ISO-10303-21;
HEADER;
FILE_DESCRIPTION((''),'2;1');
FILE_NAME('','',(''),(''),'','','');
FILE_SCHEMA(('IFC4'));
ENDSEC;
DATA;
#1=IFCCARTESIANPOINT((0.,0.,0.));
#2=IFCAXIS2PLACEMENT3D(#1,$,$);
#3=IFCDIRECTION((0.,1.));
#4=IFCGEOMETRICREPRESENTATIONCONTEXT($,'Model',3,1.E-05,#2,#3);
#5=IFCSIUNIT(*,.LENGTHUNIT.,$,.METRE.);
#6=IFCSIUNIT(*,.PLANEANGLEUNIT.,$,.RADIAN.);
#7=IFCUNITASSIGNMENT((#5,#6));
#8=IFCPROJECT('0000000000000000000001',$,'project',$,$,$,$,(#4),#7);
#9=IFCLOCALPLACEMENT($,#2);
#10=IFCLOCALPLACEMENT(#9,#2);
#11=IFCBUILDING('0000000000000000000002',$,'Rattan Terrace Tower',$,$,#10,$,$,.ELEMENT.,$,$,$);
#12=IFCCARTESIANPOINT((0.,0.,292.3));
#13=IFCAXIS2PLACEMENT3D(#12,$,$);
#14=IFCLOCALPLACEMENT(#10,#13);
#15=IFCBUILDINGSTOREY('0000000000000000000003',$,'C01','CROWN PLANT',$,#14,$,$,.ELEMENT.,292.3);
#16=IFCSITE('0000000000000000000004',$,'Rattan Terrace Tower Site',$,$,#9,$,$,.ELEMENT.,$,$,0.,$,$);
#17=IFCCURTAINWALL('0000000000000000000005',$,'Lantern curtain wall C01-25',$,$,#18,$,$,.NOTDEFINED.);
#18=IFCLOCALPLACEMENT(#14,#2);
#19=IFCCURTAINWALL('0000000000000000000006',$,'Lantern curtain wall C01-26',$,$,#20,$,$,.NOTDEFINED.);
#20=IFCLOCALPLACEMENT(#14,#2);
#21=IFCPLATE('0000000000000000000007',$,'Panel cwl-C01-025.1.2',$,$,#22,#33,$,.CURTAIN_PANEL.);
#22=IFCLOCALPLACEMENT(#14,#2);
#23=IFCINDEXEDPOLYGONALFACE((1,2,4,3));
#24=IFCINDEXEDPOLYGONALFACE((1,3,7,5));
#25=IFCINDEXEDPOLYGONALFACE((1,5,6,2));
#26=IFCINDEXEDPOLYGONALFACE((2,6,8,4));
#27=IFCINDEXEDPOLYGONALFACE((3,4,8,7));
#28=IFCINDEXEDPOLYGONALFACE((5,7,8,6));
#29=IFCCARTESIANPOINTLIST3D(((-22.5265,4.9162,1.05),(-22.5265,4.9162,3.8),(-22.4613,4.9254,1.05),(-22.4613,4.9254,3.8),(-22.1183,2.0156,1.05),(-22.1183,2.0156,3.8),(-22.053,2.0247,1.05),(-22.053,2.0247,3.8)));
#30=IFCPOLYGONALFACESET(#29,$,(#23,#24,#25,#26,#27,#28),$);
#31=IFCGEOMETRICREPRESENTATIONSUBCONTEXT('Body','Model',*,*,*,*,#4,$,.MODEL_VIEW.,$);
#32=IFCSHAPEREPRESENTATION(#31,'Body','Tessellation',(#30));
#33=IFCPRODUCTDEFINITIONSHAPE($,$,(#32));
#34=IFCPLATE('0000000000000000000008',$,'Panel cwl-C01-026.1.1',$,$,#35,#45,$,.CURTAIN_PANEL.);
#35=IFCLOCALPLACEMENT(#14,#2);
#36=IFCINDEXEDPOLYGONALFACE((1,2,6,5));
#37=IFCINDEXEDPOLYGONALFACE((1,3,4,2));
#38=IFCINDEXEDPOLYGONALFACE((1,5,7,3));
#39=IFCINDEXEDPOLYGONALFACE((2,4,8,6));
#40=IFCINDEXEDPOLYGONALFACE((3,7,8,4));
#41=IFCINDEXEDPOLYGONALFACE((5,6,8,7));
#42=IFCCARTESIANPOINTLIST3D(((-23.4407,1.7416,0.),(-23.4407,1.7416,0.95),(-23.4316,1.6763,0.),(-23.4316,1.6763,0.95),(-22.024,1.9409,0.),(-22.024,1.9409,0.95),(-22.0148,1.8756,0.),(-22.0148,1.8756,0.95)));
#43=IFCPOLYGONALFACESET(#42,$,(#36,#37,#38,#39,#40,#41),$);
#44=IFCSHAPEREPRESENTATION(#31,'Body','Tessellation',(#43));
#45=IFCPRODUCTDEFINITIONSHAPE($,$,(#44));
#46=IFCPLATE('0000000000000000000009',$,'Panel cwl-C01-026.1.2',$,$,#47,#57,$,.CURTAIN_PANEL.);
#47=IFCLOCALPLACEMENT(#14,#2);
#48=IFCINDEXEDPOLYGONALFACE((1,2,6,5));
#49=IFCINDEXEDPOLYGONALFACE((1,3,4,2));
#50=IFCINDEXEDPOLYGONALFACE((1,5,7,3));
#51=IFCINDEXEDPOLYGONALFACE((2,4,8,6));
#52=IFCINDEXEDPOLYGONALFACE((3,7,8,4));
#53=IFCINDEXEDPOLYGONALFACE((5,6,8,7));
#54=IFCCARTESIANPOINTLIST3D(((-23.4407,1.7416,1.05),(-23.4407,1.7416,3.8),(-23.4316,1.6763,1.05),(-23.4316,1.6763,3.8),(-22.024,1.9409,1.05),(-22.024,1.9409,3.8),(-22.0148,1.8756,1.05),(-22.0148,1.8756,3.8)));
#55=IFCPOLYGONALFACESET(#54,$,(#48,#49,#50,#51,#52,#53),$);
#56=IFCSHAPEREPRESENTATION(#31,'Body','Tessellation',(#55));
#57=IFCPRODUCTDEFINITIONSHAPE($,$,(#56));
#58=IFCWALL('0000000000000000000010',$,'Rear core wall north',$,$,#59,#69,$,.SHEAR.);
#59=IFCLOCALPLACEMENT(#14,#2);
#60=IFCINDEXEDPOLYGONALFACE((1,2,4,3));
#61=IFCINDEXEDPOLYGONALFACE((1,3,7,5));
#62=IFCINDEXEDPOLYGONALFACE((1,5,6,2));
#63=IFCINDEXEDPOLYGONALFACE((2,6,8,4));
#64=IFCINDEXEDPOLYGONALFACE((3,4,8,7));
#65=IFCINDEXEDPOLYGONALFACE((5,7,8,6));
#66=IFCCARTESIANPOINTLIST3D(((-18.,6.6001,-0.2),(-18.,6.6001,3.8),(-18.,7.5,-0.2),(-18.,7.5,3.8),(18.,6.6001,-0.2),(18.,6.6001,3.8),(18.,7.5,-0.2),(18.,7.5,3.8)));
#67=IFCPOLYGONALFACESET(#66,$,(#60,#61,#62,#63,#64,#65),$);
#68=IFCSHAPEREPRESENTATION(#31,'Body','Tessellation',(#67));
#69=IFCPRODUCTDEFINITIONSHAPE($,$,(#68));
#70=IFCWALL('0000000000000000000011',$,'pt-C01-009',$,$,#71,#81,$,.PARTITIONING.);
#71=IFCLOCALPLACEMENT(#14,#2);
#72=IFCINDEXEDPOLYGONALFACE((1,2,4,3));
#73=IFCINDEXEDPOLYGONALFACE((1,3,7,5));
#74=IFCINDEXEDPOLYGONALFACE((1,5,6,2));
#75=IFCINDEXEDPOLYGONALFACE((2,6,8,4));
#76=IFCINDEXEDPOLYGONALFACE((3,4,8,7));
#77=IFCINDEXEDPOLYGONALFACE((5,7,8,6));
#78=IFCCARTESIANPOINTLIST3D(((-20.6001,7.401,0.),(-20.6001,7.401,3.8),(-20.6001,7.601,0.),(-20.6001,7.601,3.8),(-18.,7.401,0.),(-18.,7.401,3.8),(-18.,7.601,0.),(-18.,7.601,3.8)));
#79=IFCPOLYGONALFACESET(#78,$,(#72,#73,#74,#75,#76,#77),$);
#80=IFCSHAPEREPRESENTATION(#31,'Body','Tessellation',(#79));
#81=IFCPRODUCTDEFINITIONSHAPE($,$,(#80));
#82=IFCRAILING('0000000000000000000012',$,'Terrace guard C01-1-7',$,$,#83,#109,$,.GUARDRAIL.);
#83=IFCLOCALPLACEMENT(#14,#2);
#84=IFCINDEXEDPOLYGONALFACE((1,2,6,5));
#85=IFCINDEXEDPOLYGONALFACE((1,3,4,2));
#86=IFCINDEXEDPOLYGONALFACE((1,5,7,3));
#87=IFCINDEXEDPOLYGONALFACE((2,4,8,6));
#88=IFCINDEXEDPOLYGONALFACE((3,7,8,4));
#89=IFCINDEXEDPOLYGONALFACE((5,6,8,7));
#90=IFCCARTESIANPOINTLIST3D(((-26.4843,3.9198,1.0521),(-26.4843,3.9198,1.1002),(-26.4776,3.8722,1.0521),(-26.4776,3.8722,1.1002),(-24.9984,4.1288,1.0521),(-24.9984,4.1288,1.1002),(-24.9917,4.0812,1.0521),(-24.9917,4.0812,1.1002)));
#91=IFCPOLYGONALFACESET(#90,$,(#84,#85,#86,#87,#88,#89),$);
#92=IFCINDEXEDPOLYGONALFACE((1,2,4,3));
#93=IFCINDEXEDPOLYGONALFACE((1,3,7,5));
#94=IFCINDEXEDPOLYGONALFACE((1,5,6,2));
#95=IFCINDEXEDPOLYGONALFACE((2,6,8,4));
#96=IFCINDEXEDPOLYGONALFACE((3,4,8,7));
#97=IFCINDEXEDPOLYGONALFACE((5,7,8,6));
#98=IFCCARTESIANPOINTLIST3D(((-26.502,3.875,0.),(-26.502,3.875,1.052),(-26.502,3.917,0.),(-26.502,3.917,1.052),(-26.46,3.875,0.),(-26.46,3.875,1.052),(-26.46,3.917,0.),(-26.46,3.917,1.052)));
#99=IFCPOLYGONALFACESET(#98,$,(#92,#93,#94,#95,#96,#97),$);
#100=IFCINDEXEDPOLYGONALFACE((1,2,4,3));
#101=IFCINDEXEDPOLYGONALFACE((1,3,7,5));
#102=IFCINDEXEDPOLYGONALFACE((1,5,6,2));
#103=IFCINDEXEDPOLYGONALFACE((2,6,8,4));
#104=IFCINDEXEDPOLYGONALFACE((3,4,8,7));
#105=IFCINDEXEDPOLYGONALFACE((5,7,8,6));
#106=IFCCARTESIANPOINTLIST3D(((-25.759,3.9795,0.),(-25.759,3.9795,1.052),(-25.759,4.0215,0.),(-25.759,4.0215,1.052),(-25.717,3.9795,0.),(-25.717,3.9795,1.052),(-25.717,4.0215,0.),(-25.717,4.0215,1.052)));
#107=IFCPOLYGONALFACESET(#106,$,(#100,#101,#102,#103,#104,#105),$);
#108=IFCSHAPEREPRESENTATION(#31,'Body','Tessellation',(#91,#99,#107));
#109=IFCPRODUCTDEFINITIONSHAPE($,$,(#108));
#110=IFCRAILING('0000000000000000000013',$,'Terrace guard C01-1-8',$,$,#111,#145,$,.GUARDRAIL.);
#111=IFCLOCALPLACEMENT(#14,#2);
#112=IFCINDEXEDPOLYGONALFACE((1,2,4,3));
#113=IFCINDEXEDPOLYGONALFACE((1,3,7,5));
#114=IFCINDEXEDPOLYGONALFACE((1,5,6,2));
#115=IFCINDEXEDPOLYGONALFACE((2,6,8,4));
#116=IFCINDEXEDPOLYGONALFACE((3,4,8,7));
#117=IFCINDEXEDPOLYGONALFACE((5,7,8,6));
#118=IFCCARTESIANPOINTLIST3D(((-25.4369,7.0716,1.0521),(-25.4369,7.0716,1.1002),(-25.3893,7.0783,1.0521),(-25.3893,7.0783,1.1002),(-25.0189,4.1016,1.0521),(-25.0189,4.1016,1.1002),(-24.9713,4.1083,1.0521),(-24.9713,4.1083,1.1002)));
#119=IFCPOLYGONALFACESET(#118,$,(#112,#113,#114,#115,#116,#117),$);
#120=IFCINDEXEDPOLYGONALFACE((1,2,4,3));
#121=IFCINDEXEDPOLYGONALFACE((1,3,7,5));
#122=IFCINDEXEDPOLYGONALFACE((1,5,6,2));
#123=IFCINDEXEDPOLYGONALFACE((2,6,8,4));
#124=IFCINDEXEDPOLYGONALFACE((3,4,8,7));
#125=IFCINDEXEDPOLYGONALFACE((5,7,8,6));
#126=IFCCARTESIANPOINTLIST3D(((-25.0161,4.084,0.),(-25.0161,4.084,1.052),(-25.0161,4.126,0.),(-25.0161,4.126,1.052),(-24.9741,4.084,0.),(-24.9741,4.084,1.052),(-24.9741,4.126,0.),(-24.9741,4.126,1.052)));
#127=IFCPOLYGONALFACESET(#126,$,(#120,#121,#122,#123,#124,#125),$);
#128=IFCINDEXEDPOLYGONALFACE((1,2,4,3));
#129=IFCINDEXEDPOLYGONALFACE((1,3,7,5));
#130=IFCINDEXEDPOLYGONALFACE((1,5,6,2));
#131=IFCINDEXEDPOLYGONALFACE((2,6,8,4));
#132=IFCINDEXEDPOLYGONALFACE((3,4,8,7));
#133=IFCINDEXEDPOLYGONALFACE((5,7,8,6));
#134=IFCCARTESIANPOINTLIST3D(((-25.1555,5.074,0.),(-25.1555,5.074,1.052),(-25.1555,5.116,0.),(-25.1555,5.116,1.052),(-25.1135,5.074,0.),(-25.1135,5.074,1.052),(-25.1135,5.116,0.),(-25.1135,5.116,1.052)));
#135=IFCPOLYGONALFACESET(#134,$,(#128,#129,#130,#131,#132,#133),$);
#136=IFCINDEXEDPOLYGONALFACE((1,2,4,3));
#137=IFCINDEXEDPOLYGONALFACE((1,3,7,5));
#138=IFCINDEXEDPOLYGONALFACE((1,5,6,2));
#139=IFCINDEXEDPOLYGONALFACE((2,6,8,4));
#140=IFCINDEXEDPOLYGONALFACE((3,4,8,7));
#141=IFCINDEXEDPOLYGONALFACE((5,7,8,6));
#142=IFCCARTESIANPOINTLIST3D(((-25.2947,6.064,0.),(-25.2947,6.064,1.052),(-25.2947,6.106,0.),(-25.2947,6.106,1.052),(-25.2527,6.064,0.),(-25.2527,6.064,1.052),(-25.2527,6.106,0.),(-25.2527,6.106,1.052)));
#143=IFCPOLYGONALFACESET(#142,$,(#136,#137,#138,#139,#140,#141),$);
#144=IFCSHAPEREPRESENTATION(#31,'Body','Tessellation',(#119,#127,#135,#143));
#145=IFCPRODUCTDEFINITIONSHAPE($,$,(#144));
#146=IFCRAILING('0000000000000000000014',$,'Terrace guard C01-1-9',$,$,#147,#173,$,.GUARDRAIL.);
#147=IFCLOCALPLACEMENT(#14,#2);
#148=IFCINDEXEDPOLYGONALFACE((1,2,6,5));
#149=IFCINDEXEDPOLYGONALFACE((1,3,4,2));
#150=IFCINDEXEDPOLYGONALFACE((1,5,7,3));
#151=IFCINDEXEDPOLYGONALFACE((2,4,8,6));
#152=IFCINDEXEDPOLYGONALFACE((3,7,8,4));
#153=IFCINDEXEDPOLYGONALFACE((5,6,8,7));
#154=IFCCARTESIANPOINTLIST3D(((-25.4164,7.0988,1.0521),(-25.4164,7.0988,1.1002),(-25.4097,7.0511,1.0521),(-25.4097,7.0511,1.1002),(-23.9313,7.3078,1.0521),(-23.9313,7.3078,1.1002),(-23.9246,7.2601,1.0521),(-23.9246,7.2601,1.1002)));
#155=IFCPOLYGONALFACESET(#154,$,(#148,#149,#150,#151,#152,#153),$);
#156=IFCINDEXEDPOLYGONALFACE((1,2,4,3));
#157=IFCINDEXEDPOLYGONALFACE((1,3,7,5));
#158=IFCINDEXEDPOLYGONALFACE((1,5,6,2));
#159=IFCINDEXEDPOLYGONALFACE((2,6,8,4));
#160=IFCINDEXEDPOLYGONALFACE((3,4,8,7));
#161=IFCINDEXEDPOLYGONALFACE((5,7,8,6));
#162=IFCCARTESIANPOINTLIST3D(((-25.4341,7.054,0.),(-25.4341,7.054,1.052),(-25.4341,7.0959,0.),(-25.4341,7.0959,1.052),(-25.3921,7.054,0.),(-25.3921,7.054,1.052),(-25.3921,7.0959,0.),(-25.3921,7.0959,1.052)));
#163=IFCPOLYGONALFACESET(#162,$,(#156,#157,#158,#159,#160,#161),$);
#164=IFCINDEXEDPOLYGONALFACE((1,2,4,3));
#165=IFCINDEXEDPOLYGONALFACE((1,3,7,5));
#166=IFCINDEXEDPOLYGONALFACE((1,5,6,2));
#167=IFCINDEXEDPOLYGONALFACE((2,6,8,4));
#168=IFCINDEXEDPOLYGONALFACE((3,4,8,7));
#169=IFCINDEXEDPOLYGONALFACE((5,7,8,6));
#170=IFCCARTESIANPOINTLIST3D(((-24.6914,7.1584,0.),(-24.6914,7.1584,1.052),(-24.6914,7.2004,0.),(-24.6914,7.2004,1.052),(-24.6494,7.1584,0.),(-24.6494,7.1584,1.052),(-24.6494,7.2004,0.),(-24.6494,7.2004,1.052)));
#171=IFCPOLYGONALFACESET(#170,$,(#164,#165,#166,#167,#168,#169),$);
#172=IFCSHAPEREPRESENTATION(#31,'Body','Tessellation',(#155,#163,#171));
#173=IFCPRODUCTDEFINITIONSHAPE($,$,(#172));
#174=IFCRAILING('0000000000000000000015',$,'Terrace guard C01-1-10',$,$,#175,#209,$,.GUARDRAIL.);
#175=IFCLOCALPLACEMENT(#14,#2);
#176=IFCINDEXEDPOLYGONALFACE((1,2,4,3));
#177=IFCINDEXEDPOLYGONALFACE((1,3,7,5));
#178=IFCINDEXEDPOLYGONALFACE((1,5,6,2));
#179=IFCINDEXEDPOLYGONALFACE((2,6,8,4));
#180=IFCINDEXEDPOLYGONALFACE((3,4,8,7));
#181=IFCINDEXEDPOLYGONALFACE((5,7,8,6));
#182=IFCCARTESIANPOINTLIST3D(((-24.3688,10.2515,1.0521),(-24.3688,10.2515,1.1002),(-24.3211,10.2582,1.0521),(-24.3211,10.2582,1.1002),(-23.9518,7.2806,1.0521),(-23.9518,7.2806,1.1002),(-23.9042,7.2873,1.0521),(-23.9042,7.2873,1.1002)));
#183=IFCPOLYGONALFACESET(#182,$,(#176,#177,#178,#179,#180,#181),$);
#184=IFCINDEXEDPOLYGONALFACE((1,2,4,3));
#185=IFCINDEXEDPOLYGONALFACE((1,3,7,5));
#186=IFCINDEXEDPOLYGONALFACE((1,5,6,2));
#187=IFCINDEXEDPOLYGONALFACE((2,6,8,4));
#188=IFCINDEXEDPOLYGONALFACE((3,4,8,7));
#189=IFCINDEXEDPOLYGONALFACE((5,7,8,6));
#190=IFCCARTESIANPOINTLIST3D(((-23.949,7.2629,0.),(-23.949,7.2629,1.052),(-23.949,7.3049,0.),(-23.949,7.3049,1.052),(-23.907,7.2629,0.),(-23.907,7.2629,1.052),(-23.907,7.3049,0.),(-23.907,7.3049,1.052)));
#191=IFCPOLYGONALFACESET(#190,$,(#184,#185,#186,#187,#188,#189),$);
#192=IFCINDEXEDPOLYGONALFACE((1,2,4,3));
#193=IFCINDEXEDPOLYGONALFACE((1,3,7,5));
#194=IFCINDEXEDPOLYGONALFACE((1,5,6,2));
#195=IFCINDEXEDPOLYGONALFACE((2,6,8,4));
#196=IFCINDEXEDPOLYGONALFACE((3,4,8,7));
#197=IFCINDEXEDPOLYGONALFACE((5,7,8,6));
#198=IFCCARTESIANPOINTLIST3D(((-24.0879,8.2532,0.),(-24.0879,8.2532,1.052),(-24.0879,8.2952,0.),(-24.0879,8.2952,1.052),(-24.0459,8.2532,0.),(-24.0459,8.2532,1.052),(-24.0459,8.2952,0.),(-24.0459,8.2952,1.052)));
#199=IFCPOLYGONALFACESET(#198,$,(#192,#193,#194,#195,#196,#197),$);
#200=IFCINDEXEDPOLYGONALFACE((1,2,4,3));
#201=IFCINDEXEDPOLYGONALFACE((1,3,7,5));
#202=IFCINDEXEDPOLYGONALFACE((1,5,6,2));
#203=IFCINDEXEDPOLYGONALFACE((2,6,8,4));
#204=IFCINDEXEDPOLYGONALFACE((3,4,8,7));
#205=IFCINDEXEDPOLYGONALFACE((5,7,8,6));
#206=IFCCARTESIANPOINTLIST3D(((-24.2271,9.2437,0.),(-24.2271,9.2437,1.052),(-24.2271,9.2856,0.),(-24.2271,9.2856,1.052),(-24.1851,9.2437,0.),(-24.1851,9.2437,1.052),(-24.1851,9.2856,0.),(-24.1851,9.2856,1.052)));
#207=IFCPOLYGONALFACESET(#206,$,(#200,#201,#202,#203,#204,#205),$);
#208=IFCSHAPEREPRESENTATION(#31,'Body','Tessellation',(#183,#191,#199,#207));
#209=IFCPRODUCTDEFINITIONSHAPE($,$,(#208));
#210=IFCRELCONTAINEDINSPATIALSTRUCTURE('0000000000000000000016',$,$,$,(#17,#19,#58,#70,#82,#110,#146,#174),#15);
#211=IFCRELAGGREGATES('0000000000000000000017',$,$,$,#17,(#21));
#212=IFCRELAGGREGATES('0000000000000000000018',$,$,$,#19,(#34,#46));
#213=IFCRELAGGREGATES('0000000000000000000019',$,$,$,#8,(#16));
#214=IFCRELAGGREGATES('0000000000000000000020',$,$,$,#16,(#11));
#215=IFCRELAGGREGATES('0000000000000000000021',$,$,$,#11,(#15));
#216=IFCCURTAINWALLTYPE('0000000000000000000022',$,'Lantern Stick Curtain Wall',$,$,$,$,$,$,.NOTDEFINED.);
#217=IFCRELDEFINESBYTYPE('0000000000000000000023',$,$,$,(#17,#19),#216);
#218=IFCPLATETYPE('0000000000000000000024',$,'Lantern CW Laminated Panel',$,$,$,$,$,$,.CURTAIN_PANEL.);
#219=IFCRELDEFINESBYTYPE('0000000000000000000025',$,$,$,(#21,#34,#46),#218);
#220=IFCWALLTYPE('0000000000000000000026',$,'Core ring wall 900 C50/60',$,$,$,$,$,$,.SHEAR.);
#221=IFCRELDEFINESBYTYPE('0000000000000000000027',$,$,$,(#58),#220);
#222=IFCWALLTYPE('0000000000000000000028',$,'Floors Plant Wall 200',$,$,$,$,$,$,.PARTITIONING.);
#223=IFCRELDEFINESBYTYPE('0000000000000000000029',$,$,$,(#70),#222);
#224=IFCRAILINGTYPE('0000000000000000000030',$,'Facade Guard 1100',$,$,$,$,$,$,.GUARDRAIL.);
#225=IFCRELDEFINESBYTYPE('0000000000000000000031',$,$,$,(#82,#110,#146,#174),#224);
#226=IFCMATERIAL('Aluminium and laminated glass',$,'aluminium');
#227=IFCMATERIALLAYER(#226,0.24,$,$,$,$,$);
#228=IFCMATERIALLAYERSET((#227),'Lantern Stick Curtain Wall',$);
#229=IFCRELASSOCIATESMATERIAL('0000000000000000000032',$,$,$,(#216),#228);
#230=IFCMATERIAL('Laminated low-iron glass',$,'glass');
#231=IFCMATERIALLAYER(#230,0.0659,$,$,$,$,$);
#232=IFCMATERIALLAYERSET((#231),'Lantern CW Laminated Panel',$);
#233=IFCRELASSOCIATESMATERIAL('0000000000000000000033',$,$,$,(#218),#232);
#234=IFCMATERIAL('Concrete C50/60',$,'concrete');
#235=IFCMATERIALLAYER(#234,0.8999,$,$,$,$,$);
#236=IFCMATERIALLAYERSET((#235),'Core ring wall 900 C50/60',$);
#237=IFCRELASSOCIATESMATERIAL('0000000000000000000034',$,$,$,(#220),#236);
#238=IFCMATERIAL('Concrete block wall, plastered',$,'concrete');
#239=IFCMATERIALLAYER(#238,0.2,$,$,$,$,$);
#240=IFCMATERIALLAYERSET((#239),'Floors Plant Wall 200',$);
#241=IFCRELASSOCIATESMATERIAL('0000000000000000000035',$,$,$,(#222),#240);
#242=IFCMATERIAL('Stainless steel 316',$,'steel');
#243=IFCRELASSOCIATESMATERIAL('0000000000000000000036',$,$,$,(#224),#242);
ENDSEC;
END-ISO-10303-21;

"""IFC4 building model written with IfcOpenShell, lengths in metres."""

from ifc_helpers import new_model, si_unit, direction, frame, frame_2d, origin, origin_2d, place, context, subcontext, project, spatial, rectangle, extrude, material, layer, layer_set, type_object, element, aggregate, save


model = new_model("IFC4")

# Units and contexts
model_context = context("Model", 3, precision=1e-05, world=origin(), true_north=direction((0.0, 1.0)))
body_context = subcontext(model_context, "Body", "Model", "MODEL_VIEW")
ifc_project = project(units=[si_unit("LENGTHUNIT", "METRE"), si_unit("PLANEANGLEUNIT", "RADIAN")], contexts=[model_context])

# Site, building, storey
site_placement = place(None, origin())
site = spatial("IfcSite", under=ifc_project, at=site_placement, Name="Rattan Terrace Tower Site", CompositionType="ELEMENT", RefElevation=0.0)
building_placement = place(site_placement, origin())
building = spatial("IfcBuilding", under=site, at=building_placement, Name="Rattan Terrace Tower", CompositionType="ELEMENT")
storey_placement = place(building_placement, frame((0.0, 0.0, 292.3)))
storey = spatial("IfcBuildingStorey", under=building, at=storey_placement, Name="C01", Description="CROWN PLANT", CompositionType="ELEMENT", Elevation=292.3)

# Shared definitions
ifc_material_1 = material(Name="Aluminium and laminated glass", Category="aluminium")
ifc_layer_1 = layer(ifc_material_1, 0.24)
ifc_layer_set_1 = layer_set([ifc_layer_1], Name="Lantern Stick Curtain Wall")
curtain_wall_type = type_object("IfcCurtainWallType", Name="Lantern Stick Curtain Wall", PredefinedType="NOTDEFINED", material=ifc_layer_set_1)

# Curtain walls
curtain_wall_1_placement = place(storey_placement, origin())
curtain_wall_1 = element("IfcCurtainWall", 1, at=curtain_wall_1_placement, inside=storey, type_object=curtain_wall_type, Name="Lantern curtain wall C01-25", PredefinedType="NOTDEFINED")
curtain_wall_2_placement = place(storey_placement, origin())
curtain_wall_2 = element("IfcCurtainWall", 2, at=curtain_wall_2_placement, inside=storey, type_object=curtain_wall_type, Name="Lantern curtain wall C01-26", PredefinedType="NOTDEFINED")

# Plates
ifc_material_2 = material(Name="Laminated low-iron glass", Category="glass")
ifc_layer_2 = layer(ifc_material_2, 0.0659)
ifc_layer_set_2 = layer_set([ifc_layer_2], Name="Lantern CW Laminated Panel")
plate_type = type_object("IfcPlateType", Name="Lantern CW Laminated Panel", PredefinedType="CURTAIN_PANEL", material=ifc_layer_set_2)
plate_1_placement = place(storey_placement, frame((-22.2898, 3.4705, 1.05), z_axis=(0.0, 0.0, 1.0), x_axis=(0.139367, -0.990241, 0.0)))
plate_1 = element("IfcPlate", 3, at=plate_1_placement, type_object=plate_type, Name="Panel cwl-C01-025.1.2", PredefinedType="CURTAIN_PANEL", context=body_context, shape_type="SweptSolid", body=[
    extrude(rectangle(XDim=2.9292, YDim=0.0659, at=origin_2d()), origin(), (0.0, 0.0, 1.0), 2.75),
])
aggregate(curtain_wall_1, [plate_1])
plate_2_placement = place(storey_placement, frame((-22.7278, 1.8086, 0.0), z_axis=(0.0, 0.0, 1.0), x_axis=(-0.990254, -0.139275, 0.0)))
plate_2 = element("IfcPlate", 4, at=plate_2_placement, type_object=plate_type, Name="Panel cwl-C01-026.1.1", PredefinedType="CURTAIN_PANEL", context=body_context, shape_type="SweptSolid", body=[
    extrude(rectangle(XDim=1.4307, YDim=0.0659, at=origin_2d()), origin(), (0.0, 0.0, 1.0), 0.95),
])
plate_3_placement = place(storey_placement, frame((-22.7278, 1.8086, 1.05), z_axis=(0.0, 0.0, 1.0), x_axis=(-0.990254, -0.139275, 0.0)))
plate_3 = element("IfcPlate", 5, at=plate_3_placement, type_object=plate_type, Name="Panel cwl-C01-026.1.2", PredefinedType="CURTAIN_PANEL", context=body_context, shape_type="SweptSolid", body=[
    extrude(rectangle(XDim=1.4307, YDim=0.0659, at=origin_2d()), origin(), (0.0, 0.0, 1.0), 2.75),
])
aggregate(curtain_wall_2, [plate_2, plate_3])

# Walls
ifc_material_3 = material(Name="Concrete C50/60", Category="concrete")
ifc_layer_3 = layer(ifc_material_3, 0.8999)
ifc_layer_set_3 = layer_set([ifc_layer_3], Name="Core ring wall 900 C50/60")
wall_type_1 = type_object("IfcWallType", Name="Core ring wall 900 C50/60", PredefinedType="SHEAR", material=ifc_layer_set_3)
wall_1_placement = place(storey_placement, frame((-18.0, 7.05, -0.2), z_axis=(0.0, 0.0, 1.0), x_axis=(1.0, 0.0, 0.0)))
element("IfcWall", 6, at=wall_1_placement, inside=storey, type_object=wall_type_1, Name="Rear core wall north", PredefinedType="SHEAR", context=body_context, shape_type="SweptSolid", body=[
    extrude(rectangle(XDim=36.0, YDim=0.8999, at=frame_2d((18.0, 0.0))), origin(), (0.0, 0.0, 1.0), 4.0),
])
ifc_material_4 = material(Name="Concrete block wall, plastered", Category="concrete")
ifc_layer_4 = layer(ifc_material_4, 0.2)
ifc_layer_set_4 = layer_set([ifc_layer_4], Name="Floors Plant Wall 200")
wall_type_2 = type_object("IfcWallType", Name="Floors Plant Wall 200", PredefinedType="PARTITIONING", material=ifc_layer_set_4)
wall_2_placement = place(storey_placement, frame((-20.6001, 7.501, 0.0), z_axis=(0.0, 0.0, 1.0), x_axis=(1.0, 0.0, 0.0)))
element("IfcWall", 7, at=wall_2_placement, inside=storey, type_object=wall_type_2, Name="pt-C01-009", PredefinedType="PARTITIONING", context=body_context, shape_type="SweptSolid", body=[
    extrude(rectangle(XDim=2.6001, YDim=0.2, at=frame_2d((1.3, 0.0))), origin(), (0.0, 0.0, 1.0), 3.8),
])

# Railings
ifc_material_5 = material(Name="Stainless steel 316", Category="steel")
railing_type = type_object("IfcRailingType", Name="Facade Guard 1100", PredefinedType="GUARDRAIL", material=ifc_material_5)
railing_1_placement = place(storey_placement, frame((-26.481, 3.896, 0.0)))
element("IfcRailing", 8, at=railing_1_placement, inside=storey, type_object=railing_type, Name="Terrace guard C01-1-7", PredefinedType="GUARDRAIL", context=body_context, shape_type="SweptSolid", body=[
    extrude(rectangle(XDim=0.0481, YDim=0.0481, at=origin_2d()), frame((0.0, 0.0, 1.0762), z_axis=(0.990253, 0.13928, 0.0), x_axis=(-0.13928, 0.990253, 0.0)), (0.0, 0.0, 1.0), 1.5005),
    extrude(rectangle(XDim=0.042, YDim=0.042, at=origin_2d()), origin(), (0.0, 0.0, 1.0), 1.052),
    extrude(rectangle(XDim=0.042, YDim=0.042, at=origin_2d()), frame((0.7429, 0.1045, 0.0)), (0.0, 0.0, 1.0), 1.052),
])
railing_2_placement = place(storey_placement, frame((-24.9951, 4.105, 0.0)))
element("IfcRailing", 9, at=railing_2_placement, inside=storey, type_object=railing_type, Name="Terrace guard C01-1-8", PredefinedType="GUARDRAIL", context=body_context, shape_type="SweptSolid", body=[
    extrude(rectangle(XDim=0.0481, YDim=0.0481, at=origin_2d()), frame((0.0, 0.0, 1.0762), z_axis=(-0.139358, 0.990242, 0.0), x_axis=(-0.990242, -0.139358, 0.0)), (0.0, 0.0, 1.0), 2.9993),
    extrude(rectangle(XDim=0.042, YDim=0.042, at=origin_2d()), origin(), (0.0, 0.0, 1.0), 1.052),
    extrude(rectangle(XDim=0.042, YDim=0.042, at=origin_2d()), frame((-0.1394, 0.99, 0.0)), (0.0, 0.0, 1.0), 1.052),
    extrude(rectangle(XDim=0.042, YDim=0.042, at=origin_2d()), frame((-0.2786, 1.98, 0.0)), (0.0, 0.0, 1.0), 1.052),
])
railing_3_placement = place(storey_placement, frame((-25.4131, 7.075, 0.0)))
element("IfcRailing", 10, at=railing_3_placement, inside=storey, type_object=railing_type, Name="Terrace guard C01-1-9", PredefinedType="GUARDRAIL", context=body_context, shape_type="SweptSolid", body=[
    extrude(rectangle(XDim=0.0481, YDim=0.0481, at=origin_2d()), frame((0.0, 0.0, 1.0762), z_axis=(0.990244, 0.139347, 0.0), x_axis=(-0.139347, 0.990244, 0.0)), (0.0, 0.0, 1.0), 1.4998),
    extrude(rectangle(XDim=0.042, YDim=0.042, at=origin_2d()), origin(), (0.0, 0.0, 1.0), 1.052),
    extrude(rectangle(XDim=0.042, YDim=0.042, at=origin_2d()), frame((0.7427, 0.1045, 0.0)), (0.0, 0.0, 1.0), 1.052),
])
railing_4_placement = place(storey_placement, frame((-23.928, 7.2839, 0.0)))
element("IfcRailing", 11, at=railing_4_placement, inside=storey, type_object=railing_type, Name="Terrace guard C01-1-10", PredefinedType="GUARDRAIL", context=body_context, shape_type="SweptSolid", body=[
    extrude(rectangle(XDim=0.0481, YDim=0.0481, at=origin_2d()), frame((0.0, 0.0, 1.0762), z_axis=(-0.138994, 0.990293, 0.0), x_axis=(-0.990293, -0.138994, 0.0)), (0.0, 0.0, 1.0), 3.0),
    extrude(rectangle(XDim=0.042, YDim=0.042, at=origin_2d()), origin(), (0.0, 0.0, 1.0), 1.052),
    extrude(rectangle(XDim=0.042, YDim=0.042, at=origin_2d()), frame((-0.1389, 0.9902, 0.0)), (0.0, 0.0, 1.0), 1.052),
    extrude(rectangle(XDim=0.042, YDim=0.042, at=origin_2d()), frame((-0.2781, 1.9807, 0.0)), (0.0, 0.0, 1.0), 1.052),
])

save(model, "model.ifc")
